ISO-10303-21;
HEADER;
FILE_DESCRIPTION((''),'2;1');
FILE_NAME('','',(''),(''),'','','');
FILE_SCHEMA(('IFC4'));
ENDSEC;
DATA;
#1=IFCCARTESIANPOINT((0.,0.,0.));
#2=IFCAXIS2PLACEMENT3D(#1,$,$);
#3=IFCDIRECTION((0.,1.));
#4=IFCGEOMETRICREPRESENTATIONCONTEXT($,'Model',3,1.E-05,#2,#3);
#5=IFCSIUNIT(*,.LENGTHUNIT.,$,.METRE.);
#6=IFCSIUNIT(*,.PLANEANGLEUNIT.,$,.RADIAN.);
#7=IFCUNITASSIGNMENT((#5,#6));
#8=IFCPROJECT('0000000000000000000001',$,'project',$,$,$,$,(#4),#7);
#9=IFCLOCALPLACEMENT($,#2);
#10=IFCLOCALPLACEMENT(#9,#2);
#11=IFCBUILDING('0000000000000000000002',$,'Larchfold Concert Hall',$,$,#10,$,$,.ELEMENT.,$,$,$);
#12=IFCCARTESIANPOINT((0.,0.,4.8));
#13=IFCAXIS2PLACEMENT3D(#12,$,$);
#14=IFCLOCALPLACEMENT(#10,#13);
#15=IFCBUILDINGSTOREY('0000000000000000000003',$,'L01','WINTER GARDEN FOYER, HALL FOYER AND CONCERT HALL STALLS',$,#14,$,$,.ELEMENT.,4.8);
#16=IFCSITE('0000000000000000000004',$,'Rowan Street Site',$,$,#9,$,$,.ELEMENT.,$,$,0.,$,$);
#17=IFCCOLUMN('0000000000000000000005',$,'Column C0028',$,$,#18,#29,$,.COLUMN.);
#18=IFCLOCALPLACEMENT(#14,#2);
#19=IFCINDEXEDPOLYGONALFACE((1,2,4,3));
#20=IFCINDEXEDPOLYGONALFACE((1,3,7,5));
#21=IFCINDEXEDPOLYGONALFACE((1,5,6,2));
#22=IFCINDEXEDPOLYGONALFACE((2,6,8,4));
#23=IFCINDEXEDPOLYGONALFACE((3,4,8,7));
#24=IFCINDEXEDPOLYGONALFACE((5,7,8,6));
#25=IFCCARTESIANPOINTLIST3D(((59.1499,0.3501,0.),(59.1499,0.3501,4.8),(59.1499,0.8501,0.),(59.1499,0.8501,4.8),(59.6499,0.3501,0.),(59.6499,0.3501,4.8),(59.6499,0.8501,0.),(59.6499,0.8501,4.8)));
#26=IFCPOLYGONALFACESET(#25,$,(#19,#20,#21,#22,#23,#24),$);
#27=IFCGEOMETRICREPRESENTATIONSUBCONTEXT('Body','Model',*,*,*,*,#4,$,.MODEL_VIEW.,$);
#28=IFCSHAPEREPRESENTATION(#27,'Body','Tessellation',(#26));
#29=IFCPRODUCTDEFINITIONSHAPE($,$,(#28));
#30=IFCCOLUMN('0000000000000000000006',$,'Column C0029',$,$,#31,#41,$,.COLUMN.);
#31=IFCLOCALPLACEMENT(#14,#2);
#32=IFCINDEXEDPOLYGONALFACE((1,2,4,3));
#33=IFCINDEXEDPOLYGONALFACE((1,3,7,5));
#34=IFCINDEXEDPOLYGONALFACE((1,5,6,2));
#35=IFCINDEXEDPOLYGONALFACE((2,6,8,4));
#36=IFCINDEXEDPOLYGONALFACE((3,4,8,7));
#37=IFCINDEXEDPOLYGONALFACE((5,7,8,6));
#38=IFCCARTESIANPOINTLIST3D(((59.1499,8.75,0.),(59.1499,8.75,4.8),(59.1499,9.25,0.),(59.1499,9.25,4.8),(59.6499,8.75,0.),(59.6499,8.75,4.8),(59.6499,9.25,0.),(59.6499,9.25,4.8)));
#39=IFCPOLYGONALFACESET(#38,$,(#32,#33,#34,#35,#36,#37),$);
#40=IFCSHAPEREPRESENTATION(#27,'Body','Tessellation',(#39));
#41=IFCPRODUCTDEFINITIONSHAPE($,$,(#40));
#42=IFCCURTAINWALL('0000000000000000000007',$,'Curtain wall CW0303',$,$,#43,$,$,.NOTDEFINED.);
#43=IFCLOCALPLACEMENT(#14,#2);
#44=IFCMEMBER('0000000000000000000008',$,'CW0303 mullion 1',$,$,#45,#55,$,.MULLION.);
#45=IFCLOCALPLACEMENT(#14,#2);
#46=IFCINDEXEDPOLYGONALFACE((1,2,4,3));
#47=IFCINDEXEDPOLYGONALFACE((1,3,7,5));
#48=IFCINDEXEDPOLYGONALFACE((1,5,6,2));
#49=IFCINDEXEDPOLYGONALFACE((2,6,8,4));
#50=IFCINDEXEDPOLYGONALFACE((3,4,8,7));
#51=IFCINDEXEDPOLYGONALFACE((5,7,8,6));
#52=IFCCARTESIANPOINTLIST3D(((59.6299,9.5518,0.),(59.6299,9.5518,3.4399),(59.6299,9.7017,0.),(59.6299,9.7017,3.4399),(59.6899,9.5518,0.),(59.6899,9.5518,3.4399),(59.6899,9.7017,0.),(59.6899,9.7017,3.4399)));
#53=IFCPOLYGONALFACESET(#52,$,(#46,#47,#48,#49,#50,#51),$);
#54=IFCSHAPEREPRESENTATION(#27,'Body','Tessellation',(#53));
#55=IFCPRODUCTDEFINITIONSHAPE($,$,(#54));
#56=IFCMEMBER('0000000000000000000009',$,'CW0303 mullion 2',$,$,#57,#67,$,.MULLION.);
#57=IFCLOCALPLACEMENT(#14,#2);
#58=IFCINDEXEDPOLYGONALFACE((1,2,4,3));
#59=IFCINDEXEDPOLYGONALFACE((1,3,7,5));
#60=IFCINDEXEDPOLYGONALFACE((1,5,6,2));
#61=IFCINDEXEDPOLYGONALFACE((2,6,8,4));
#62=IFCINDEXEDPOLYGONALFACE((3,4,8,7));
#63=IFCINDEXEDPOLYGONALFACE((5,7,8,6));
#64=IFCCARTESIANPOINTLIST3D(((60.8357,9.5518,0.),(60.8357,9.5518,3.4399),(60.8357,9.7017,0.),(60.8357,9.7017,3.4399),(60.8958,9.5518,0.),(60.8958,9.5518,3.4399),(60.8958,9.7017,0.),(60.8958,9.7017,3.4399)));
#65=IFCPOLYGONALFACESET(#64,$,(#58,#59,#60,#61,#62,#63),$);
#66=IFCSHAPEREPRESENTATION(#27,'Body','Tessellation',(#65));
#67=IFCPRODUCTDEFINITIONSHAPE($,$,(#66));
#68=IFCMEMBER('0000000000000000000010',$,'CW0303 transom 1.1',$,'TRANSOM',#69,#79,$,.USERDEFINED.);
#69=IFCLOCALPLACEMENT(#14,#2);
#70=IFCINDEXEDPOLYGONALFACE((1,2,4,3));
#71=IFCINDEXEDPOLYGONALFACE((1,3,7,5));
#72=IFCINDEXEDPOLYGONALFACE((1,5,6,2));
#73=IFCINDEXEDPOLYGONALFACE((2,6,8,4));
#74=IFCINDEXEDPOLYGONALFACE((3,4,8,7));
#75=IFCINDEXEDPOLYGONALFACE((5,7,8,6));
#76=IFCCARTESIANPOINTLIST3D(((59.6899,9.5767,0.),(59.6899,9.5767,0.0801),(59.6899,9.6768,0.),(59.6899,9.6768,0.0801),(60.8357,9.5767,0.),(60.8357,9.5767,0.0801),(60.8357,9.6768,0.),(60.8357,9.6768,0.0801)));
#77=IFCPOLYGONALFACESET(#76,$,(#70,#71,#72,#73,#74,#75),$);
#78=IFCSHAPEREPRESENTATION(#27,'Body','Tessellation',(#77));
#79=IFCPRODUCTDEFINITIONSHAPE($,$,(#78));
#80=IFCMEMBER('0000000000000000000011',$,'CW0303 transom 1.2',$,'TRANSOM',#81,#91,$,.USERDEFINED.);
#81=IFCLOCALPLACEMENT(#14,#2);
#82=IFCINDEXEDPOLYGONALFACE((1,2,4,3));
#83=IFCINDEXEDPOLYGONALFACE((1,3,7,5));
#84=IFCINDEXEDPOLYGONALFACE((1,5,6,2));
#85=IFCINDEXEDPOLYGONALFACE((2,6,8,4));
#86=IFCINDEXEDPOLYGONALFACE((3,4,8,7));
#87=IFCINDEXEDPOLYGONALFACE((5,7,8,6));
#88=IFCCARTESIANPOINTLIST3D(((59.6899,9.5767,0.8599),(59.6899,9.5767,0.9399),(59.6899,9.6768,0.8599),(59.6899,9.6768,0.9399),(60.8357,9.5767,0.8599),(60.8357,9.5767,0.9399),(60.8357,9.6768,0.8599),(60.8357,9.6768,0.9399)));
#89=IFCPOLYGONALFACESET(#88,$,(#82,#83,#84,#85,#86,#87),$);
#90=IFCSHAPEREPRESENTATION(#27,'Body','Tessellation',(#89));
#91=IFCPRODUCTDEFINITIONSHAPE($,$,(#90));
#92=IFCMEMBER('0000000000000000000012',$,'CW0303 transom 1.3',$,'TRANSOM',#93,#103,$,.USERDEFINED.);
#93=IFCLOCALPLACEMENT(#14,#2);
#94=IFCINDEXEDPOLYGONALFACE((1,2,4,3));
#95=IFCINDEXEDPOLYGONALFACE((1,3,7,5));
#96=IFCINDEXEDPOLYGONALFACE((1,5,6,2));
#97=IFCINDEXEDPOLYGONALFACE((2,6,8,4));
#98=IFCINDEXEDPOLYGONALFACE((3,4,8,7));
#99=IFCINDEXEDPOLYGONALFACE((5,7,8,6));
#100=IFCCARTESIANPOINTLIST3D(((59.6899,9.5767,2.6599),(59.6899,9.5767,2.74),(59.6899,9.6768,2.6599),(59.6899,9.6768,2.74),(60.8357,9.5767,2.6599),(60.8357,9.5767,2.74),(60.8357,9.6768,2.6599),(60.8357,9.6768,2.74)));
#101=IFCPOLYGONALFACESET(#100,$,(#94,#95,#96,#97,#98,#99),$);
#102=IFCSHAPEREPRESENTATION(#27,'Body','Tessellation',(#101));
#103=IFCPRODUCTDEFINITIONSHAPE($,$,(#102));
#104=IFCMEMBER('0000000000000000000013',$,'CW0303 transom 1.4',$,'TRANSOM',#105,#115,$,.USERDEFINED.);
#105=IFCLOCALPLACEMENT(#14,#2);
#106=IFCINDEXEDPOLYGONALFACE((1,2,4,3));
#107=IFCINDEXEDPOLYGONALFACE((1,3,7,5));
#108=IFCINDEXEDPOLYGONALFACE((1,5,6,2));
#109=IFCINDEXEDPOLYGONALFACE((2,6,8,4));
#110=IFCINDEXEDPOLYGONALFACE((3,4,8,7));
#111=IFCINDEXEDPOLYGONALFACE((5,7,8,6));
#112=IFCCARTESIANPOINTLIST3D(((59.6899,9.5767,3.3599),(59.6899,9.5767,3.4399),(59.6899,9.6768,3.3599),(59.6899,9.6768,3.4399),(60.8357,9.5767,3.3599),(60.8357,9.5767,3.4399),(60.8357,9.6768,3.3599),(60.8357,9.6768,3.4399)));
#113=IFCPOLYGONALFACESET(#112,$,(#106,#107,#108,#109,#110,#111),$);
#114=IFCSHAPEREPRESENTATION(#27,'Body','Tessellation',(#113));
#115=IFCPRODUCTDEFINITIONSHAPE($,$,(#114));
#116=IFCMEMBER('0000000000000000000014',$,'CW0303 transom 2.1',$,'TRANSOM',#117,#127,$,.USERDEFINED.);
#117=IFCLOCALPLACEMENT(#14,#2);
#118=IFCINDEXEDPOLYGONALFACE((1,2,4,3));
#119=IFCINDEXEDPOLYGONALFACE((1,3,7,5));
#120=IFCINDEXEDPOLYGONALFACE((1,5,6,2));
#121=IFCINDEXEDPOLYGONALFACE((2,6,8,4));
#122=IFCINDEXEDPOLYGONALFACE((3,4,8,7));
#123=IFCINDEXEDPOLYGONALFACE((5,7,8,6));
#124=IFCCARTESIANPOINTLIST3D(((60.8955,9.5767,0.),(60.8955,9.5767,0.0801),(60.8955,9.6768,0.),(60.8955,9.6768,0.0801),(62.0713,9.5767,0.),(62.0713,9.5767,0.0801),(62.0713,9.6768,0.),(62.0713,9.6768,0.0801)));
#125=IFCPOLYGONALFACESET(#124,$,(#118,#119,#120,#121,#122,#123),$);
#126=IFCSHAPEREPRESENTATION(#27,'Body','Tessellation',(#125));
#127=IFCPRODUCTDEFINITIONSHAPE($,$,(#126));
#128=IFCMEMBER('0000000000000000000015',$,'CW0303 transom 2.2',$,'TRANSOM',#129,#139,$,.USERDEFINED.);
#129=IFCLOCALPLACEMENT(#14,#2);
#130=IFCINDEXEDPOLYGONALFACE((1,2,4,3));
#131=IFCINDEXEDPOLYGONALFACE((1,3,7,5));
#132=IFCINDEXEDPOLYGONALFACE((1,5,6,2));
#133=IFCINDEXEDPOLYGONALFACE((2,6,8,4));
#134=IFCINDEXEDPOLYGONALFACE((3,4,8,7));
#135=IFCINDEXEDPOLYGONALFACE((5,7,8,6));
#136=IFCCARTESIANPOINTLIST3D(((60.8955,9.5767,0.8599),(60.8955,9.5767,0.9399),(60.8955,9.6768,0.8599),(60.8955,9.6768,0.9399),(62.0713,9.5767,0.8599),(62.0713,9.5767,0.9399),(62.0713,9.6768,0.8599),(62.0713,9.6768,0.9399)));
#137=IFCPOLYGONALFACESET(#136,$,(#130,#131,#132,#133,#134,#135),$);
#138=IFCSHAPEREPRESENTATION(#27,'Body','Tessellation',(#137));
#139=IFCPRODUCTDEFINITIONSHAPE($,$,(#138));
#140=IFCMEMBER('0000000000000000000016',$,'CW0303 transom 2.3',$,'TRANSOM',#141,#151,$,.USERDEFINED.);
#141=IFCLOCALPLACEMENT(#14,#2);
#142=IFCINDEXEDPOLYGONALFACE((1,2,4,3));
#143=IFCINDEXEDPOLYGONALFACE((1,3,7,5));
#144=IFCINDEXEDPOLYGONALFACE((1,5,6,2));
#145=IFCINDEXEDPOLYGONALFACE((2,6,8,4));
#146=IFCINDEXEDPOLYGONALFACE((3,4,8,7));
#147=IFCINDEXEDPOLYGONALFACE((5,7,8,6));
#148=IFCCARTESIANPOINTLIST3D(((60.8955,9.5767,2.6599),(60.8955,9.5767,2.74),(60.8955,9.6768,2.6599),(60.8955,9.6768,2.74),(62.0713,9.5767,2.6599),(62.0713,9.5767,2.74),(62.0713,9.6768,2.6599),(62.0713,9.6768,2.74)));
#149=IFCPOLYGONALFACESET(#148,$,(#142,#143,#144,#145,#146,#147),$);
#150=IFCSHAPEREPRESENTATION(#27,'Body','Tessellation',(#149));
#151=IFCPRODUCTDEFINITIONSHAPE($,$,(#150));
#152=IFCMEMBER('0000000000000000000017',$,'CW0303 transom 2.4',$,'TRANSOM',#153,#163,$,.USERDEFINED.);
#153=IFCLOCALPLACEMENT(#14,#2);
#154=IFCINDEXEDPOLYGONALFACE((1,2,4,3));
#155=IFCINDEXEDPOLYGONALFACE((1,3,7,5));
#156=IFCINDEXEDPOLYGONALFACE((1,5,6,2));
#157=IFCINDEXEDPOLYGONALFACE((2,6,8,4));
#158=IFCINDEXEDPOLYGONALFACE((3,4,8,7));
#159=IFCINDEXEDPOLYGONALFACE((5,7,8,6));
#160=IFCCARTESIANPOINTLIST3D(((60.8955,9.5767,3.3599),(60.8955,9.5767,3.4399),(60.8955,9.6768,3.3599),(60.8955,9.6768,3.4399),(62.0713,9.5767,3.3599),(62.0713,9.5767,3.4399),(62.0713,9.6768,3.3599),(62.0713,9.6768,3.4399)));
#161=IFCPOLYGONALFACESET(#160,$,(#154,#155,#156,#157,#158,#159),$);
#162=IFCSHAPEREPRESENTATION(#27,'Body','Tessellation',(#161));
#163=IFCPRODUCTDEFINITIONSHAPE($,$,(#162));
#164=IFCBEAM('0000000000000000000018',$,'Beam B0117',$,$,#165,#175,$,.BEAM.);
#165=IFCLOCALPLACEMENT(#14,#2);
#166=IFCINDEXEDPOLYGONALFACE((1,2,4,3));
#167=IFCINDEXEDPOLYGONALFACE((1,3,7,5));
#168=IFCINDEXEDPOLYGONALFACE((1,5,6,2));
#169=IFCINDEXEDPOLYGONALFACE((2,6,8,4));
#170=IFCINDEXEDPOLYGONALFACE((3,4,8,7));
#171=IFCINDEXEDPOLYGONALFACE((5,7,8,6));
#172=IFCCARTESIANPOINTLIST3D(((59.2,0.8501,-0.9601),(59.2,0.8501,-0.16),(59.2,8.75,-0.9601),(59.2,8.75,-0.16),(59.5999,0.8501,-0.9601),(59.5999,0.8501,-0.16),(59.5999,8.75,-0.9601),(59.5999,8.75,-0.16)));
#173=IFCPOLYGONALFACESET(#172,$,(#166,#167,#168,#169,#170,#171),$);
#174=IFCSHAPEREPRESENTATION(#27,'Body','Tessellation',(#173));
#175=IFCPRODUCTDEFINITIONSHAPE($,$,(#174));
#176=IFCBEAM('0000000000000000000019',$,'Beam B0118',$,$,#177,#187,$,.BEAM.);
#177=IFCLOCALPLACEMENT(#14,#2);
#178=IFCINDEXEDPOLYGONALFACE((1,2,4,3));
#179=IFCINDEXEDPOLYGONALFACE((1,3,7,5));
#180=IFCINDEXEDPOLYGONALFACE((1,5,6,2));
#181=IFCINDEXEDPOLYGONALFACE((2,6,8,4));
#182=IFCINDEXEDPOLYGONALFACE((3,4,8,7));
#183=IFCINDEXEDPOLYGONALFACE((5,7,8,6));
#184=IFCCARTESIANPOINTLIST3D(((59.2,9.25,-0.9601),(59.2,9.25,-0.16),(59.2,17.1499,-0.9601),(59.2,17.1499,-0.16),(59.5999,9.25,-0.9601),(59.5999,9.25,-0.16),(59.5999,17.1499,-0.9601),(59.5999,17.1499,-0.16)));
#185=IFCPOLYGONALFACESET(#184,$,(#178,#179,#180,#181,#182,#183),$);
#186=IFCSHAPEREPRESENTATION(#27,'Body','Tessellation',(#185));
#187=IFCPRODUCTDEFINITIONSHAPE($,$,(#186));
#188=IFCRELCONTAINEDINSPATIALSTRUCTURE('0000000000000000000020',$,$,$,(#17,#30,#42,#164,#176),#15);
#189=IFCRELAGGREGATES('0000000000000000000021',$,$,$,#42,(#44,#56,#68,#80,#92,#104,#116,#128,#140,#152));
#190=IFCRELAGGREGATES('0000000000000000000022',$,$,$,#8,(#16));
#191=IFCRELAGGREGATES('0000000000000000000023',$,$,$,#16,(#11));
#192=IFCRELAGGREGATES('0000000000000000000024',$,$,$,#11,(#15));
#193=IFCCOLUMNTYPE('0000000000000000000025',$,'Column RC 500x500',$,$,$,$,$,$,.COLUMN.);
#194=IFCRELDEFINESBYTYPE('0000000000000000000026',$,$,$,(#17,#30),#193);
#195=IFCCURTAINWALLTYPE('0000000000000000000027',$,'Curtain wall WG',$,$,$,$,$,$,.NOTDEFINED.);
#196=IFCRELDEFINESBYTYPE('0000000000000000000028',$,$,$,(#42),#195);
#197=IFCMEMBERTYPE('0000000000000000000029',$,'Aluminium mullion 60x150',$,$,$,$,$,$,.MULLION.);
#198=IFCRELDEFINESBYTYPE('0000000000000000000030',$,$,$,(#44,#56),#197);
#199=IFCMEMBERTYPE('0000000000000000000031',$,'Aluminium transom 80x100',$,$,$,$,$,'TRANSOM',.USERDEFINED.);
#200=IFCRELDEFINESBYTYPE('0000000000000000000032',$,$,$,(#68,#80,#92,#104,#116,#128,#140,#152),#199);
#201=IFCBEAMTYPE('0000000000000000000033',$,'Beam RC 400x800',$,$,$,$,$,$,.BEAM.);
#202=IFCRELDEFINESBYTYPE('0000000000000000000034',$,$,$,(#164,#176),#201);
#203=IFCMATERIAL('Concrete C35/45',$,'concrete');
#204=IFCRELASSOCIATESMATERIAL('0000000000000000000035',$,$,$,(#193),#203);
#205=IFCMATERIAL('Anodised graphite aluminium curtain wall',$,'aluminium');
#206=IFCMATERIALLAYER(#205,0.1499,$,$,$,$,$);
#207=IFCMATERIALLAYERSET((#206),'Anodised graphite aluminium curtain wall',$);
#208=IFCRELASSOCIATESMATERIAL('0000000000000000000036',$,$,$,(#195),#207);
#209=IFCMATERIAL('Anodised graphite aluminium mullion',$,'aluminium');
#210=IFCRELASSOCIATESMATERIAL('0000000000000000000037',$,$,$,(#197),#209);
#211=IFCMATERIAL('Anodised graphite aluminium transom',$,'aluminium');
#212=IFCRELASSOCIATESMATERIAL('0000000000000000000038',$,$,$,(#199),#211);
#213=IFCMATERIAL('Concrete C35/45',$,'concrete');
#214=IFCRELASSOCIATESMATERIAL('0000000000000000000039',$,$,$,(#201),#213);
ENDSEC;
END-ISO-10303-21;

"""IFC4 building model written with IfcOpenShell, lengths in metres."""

from ifc_helpers import new_model, si_unit, direction, frame, origin, origin_2d, place, context, subcontext, project, spatial, rectangle, extrude, material, layer, layer_set, material_profile, profile_set, type_object, element, aggregate, save


model = new_model("IFC4")

# Units and contexts
model_context = context("Model", 3, precision=1e-05, world=origin(), true_north=direction((0.0, 1.0)))
body_context = subcontext(model_context, "Body", "Model", "MODEL_VIEW")
ifc_project = project(units=[si_unit("LENGTHUNIT", "METRE"), si_unit("PLANEANGLEUNIT", "RADIAN")], contexts=[model_context])

# Site, building, storey
site_placement = place(None, origin())
site = spatial("IfcSite", under=ifc_project, at=site_placement, Name="Rowan Street Site", CompositionType="ELEMENT", RefElevation=0.0)
building_placement = place(site_placement, origin())
building = spatial("IfcBuilding", under=site, at=building_placement, Name="Larchfold Concert Hall", CompositionType="ELEMENT")
storey_placement = place(building_placement, frame((0.0, 0.0, 4.8)))
storey = spatial("IfcBuildingStorey", under=building, at=storey_placement, Name="L01", Description="WINTER GARDEN FOYER, HALL FOYER AND CONCERT HALL STALLS", CompositionType="ELEMENT", Elevation=4.8)

# Columns
ifc_material_1 = material(Name="Concrete C35/45", Category="concrete")
ifc_material_profile_1 = material_profile(ifc_material_1, rectangle(XDim=0.5, YDim=0.5, at=origin_2d()))
ifc_profile_set_1 = profile_set([ifc_material_profile_1], Name="Concrete C35/45")
column_type = type_object("IfcColumnType", Name="Column RC 500x500", PredefinedType="COLUMN", material=ifc_profile_set_1)
for number, where, z_axis, x_axis, name in (
    (1, (59.3999, 0.6001, 0.0), (0.0, 0.0, 1.0), (1.0, 0.0, 0.0), "Column C0028"),
    (2, (59.3999, 9.0, 0.0), (0.0, 0.0, 1.0), (1.0, 0.0, 0.0), "Column C0029"),
):
    element("IfcColumn", number, at=place(storey_placement, frame(where, z_axis=z_axis, x_axis=x_axis)), inside=storey, type_object=column_type, Name=name, PredefinedType="COLUMN", context=body_context, shape_type="SweptSolid", body=[
        extrude(rectangle(XDim=0.5, YDim=0.5, at=origin_2d()), origin(), (0.0, 0.0, 1.0), 4.8),
    ])

# Curtain wall, members
ifc_material_2 = material(Name="Anodised graphite aluminium curtain wall", Category="aluminium")
ifc_layer_1 = layer(ifc_material_2, 0.1499)
ifc_layer_set_1 = layer_set([ifc_layer_1], Name="Anodised graphite aluminium curtain wall")
curtain_wall_type = type_object("IfcCurtainWallType", Name="Curtain wall WG", PredefinedType="NOTDEFINED", material=ifc_layer_set_1)
curtain_wall_placement = place(storey_placement, origin())
curtain_wall = element("IfcCurtainWall", 3, at=curtain_wall_placement, inside=storey, type_object=curtain_wall_type, Name="Curtain wall CW0303", PredefinedType="NOTDEFINED")
ifc_material_3 = material(Name="Anodised graphite aluminium mullion", Category="aluminium")
ifc_material_profile_2 = material_profile(ifc_material_3, rectangle(XDim=0.1499, YDim=0.0601, at=origin_2d()))
ifc_profile_set_2 = profile_set([ifc_material_profile_2], Name="Anodised graphite aluminium mullion")
member_type_1 = type_object("IfcMemberType", Name="Aluminium mullion 60x150", PredefinedType="MULLION", material=ifc_profile_set_2)
member_1_placement = place(storey_placement, frame((59.6599, 9.6267, 0.0), z_axis=(0.0, 0.0, 1.0), x_axis=(0.0, 1.0, 0.0)))
member_1 = element("IfcMember", 4, at=member_1_placement, type_object=member_type_1, Name="CW0303 mullion 1", PredefinedType="MULLION", context=body_context, shape_type="SweptSolid", body=[
    extrude(rectangle(XDim=0.1499, YDim=0.0601, at=origin_2d()), origin(), (0.0, 0.0, 1.0), 3.4399),
])
member_2_placement = place(storey_placement, frame((60.8657, 9.6267, 0.0), z_axis=(0.0, 0.0, 1.0), x_axis=(0.0, 1.0, 0.0)))
member_2 = element("IfcMember", 5, at=member_2_placement, type_object=member_type_1, Name="CW0303 mullion 2", PredefinedType="MULLION", context=body_context, shape_type="SweptSolid", body=[
    extrude(rectangle(XDim=0.1499, YDim=0.0601, at=origin_2d()), origin(), (0.0, 0.0, 1.0), 3.4399),
])
ifc_material_4 = material(Name="Anodised graphite aluminium transom", Category="aluminium")
ifc_material_profile_3 = material_profile(ifc_material_4, rectangle(XDim=0.1001, YDim=0.0801, at=origin_2d()))
ifc_profile_set_3 = profile_set([ifc_material_profile_3], Name="Anodised graphite aluminium transom")
member_type_2 = type_object("IfcMemberType", Name="Aluminium transom 80x100", ElementType="TRANSOM", PredefinedType="USERDEFINED", material=ifc_profile_set_3)
member_3_placement = place(storey_placement, frame((59.6899, 9.6267, 0.04), z_axis=(1.0, 0.0, 0.0), x_axis=(0.0, 1.0, 0.0)))
member_3 = element("IfcMember", 6, at=member_3_placement, type_object=member_type_2, Name="CW0303 transom 1.1", ObjectType="TRANSOM", PredefinedType="USERDEFINED", context=body_context, shape_type="SweptSolid", body=[
    extrude(rectangle(XDim=0.1001, YDim=0.0801, at=origin_2d()), origin(), (0.0, 0.0, 1.0), 1.1458),
])
member_4_placement = place(storey_placement, frame((59.6899, 9.6267, 0.8999), z_axis=(1.0, 0.0, 0.0), x_axis=(0.0, 1.0, 0.0)))
member_4 = element("IfcMember", 7, at=member_4_placement, type_object=member_type_2, Name="CW0303 transom 1.2", ObjectType="TRANSOM", PredefinedType="USERDEFINED", context=body_context, shape_type="SweptSolid", body=[
    extrude(rectangle(XDim=0.1001, YDim=0.0801, at=origin_2d()), origin(), (0.0, 0.0, 1.0), 1.1458),
])
member_5_placement = place(storey_placement, frame((59.6899, 9.6267, 2.7), z_axis=(1.0, 0.0, 0.0), x_axis=(0.0, 1.0, 0.0)))
member_5 = element("IfcMember", 8, at=member_5_placement, type_object=member_type_2, Name="CW0303 transom 1.3", ObjectType="TRANSOM", PredefinedType="USERDEFINED", context=body_context, shape_type="SweptSolid", body=[
    extrude(rectangle(XDim=0.1001, YDim=0.0801, at=origin_2d()), origin(), (0.0, 0.0, 1.0), 1.1458),
])
member_6_placement = place(storey_placement, frame((59.6899, 9.6267, 3.3999), z_axis=(1.0, 0.0, 0.0), x_axis=(0.0, 1.0, 0.0)))
member_6 = element("IfcMember", 9, at=member_6_placement, type_object=member_type_2, Name="CW0303 transom 1.4", ObjectType="TRANSOM", PredefinedType="USERDEFINED", context=body_context, shape_type="SweptSolid", body=[
    extrude(rectangle(XDim=0.1001, YDim=0.0801, at=origin_2d()), origin(), (0.0, 0.0, 1.0), 1.1458),
])
member_7_placement = place(storey_placement, frame((60.8955, 9.6267, 0.04), z_axis=(1.0, 0.0, 0.0), x_axis=(0.0, 1.0, 0.0)))
member_7 = element("IfcMember", 10, at=member_7_placement, type_object=member_type_2, Name="CW0303 transom 2.1", ObjectType="TRANSOM", PredefinedType="USERDEFINED", context=body_context, shape_type="SweptSolid", body=[
    extrude(rectangle(XDim=0.1001, YDim=0.0801, at=origin_2d()), origin(), (0.0, 0.0, 1.0), 1.1758),
])
member_8_placement = place(storey_placement, frame((60.8955, 9.6267, 0.8999), z_axis=(1.0, 0.0, 0.0), x_axis=(0.0, 1.0, 0.0)))
member_8 = element("IfcMember", 11, at=member_8_placement, type_object=member_type_2, Name="CW0303 transom 2.2", ObjectType="TRANSOM", PredefinedType="USERDEFINED", context=body_context, shape_type="SweptSolid", body=[
    extrude(rectangle(XDim=0.1001, YDim=0.0801, at=origin_2d()), origin(), (0.0, 0.0, 1.0), 1.1758),
])
member_9_placement = place(storey_placement, frame((60.8955, 9.6267, 2.7), z_axis=(1.0, 0.0, 0.0), x_axis=(0.0, 1.0, 0.0)))
member_9 = element("IfcMember", 12, at=member_9_placement, type_object=member_type_2, Name="CW0303 transom 2.3", ObjectType="TRANSOM", PredefinedType="USERDEFINED", context=body_context, shape_type="SweptSolid", body=[
    extrude(rectangle(XDim=0.1001, YDim=0.0801, at=origin_2d()), origin(), (0.0, 0.0, 1.0), 1.1758),
])
member_10_placement = place(storey_placement, frame((60.8955, 9.6267, 3.3999), z_axis=(1.0, 0.0, 0.0), x_axis=(0.0, 1.0, 0.0)))
member_10 = element("IfcMember", 13, at=member_10_placement, type_object=member_type_2, Name="CW0303 transom 2.4", ObjectType="TRANSOM", PredefinedType="USERDEFINED", context=body_context, shape_type="SweptSolid", body=[
    extrude(rectangle(XDim=0.1001, YDim=0.0801, at=origin_2d()), origin(), (0.0, 0.0, 1.0), 1.1758),
])

# Beams
ifc_material_5 = material(Name="Concrete C35/45", Category="concrete")
ifc_material_profile_4 = material_profile(ifc_material_5, rectangle(XDim=0.3999, YDim=0.8, at=origin_2d()))
ifc_profile_set_4 = profile_set([ifc_material_profile_4], Name="Concrete C35/45")
beam_type = type_object("IfcBeamType", Name="Beam RC 400x800", PredefinedType="BEAM", material=ifc_profile_set_4)
for number, where, z_axis, x_axis, name in (
    (14, (59.3999, 0.8501, -0.5601), (0.0, 1.0, 0.0), (-1.0, 0.0, 0.0), "Beam B0117"),
    (15, (59.3999, 9.25, -0.5601), (0.0, 1.0, 0.0), (-1.0, 0.0, 0.0), "Beam B0118"),
):
    element("IfcBeam", number, at=place(storey_placement, frame(where, z_axis=z_axis, x_axis=x_axis)), inside=storey, type_object=beam_type, Name=name, PredefinedType="BEAM", context=body_context, shape_type="SweptSolid", body=[
        extrude(rectangle(XDim=0.3999, YDim=0.8, at=origin_2d()), origin(), (0.0, 0.0, 1.0), 7.8999),
    ])

aggregate(curtain_wall, [member_1, member_2, member_3, member_4, member_5, member_6, member_7, member_8, member_9, member_10])

save(model, "model.ifc")
